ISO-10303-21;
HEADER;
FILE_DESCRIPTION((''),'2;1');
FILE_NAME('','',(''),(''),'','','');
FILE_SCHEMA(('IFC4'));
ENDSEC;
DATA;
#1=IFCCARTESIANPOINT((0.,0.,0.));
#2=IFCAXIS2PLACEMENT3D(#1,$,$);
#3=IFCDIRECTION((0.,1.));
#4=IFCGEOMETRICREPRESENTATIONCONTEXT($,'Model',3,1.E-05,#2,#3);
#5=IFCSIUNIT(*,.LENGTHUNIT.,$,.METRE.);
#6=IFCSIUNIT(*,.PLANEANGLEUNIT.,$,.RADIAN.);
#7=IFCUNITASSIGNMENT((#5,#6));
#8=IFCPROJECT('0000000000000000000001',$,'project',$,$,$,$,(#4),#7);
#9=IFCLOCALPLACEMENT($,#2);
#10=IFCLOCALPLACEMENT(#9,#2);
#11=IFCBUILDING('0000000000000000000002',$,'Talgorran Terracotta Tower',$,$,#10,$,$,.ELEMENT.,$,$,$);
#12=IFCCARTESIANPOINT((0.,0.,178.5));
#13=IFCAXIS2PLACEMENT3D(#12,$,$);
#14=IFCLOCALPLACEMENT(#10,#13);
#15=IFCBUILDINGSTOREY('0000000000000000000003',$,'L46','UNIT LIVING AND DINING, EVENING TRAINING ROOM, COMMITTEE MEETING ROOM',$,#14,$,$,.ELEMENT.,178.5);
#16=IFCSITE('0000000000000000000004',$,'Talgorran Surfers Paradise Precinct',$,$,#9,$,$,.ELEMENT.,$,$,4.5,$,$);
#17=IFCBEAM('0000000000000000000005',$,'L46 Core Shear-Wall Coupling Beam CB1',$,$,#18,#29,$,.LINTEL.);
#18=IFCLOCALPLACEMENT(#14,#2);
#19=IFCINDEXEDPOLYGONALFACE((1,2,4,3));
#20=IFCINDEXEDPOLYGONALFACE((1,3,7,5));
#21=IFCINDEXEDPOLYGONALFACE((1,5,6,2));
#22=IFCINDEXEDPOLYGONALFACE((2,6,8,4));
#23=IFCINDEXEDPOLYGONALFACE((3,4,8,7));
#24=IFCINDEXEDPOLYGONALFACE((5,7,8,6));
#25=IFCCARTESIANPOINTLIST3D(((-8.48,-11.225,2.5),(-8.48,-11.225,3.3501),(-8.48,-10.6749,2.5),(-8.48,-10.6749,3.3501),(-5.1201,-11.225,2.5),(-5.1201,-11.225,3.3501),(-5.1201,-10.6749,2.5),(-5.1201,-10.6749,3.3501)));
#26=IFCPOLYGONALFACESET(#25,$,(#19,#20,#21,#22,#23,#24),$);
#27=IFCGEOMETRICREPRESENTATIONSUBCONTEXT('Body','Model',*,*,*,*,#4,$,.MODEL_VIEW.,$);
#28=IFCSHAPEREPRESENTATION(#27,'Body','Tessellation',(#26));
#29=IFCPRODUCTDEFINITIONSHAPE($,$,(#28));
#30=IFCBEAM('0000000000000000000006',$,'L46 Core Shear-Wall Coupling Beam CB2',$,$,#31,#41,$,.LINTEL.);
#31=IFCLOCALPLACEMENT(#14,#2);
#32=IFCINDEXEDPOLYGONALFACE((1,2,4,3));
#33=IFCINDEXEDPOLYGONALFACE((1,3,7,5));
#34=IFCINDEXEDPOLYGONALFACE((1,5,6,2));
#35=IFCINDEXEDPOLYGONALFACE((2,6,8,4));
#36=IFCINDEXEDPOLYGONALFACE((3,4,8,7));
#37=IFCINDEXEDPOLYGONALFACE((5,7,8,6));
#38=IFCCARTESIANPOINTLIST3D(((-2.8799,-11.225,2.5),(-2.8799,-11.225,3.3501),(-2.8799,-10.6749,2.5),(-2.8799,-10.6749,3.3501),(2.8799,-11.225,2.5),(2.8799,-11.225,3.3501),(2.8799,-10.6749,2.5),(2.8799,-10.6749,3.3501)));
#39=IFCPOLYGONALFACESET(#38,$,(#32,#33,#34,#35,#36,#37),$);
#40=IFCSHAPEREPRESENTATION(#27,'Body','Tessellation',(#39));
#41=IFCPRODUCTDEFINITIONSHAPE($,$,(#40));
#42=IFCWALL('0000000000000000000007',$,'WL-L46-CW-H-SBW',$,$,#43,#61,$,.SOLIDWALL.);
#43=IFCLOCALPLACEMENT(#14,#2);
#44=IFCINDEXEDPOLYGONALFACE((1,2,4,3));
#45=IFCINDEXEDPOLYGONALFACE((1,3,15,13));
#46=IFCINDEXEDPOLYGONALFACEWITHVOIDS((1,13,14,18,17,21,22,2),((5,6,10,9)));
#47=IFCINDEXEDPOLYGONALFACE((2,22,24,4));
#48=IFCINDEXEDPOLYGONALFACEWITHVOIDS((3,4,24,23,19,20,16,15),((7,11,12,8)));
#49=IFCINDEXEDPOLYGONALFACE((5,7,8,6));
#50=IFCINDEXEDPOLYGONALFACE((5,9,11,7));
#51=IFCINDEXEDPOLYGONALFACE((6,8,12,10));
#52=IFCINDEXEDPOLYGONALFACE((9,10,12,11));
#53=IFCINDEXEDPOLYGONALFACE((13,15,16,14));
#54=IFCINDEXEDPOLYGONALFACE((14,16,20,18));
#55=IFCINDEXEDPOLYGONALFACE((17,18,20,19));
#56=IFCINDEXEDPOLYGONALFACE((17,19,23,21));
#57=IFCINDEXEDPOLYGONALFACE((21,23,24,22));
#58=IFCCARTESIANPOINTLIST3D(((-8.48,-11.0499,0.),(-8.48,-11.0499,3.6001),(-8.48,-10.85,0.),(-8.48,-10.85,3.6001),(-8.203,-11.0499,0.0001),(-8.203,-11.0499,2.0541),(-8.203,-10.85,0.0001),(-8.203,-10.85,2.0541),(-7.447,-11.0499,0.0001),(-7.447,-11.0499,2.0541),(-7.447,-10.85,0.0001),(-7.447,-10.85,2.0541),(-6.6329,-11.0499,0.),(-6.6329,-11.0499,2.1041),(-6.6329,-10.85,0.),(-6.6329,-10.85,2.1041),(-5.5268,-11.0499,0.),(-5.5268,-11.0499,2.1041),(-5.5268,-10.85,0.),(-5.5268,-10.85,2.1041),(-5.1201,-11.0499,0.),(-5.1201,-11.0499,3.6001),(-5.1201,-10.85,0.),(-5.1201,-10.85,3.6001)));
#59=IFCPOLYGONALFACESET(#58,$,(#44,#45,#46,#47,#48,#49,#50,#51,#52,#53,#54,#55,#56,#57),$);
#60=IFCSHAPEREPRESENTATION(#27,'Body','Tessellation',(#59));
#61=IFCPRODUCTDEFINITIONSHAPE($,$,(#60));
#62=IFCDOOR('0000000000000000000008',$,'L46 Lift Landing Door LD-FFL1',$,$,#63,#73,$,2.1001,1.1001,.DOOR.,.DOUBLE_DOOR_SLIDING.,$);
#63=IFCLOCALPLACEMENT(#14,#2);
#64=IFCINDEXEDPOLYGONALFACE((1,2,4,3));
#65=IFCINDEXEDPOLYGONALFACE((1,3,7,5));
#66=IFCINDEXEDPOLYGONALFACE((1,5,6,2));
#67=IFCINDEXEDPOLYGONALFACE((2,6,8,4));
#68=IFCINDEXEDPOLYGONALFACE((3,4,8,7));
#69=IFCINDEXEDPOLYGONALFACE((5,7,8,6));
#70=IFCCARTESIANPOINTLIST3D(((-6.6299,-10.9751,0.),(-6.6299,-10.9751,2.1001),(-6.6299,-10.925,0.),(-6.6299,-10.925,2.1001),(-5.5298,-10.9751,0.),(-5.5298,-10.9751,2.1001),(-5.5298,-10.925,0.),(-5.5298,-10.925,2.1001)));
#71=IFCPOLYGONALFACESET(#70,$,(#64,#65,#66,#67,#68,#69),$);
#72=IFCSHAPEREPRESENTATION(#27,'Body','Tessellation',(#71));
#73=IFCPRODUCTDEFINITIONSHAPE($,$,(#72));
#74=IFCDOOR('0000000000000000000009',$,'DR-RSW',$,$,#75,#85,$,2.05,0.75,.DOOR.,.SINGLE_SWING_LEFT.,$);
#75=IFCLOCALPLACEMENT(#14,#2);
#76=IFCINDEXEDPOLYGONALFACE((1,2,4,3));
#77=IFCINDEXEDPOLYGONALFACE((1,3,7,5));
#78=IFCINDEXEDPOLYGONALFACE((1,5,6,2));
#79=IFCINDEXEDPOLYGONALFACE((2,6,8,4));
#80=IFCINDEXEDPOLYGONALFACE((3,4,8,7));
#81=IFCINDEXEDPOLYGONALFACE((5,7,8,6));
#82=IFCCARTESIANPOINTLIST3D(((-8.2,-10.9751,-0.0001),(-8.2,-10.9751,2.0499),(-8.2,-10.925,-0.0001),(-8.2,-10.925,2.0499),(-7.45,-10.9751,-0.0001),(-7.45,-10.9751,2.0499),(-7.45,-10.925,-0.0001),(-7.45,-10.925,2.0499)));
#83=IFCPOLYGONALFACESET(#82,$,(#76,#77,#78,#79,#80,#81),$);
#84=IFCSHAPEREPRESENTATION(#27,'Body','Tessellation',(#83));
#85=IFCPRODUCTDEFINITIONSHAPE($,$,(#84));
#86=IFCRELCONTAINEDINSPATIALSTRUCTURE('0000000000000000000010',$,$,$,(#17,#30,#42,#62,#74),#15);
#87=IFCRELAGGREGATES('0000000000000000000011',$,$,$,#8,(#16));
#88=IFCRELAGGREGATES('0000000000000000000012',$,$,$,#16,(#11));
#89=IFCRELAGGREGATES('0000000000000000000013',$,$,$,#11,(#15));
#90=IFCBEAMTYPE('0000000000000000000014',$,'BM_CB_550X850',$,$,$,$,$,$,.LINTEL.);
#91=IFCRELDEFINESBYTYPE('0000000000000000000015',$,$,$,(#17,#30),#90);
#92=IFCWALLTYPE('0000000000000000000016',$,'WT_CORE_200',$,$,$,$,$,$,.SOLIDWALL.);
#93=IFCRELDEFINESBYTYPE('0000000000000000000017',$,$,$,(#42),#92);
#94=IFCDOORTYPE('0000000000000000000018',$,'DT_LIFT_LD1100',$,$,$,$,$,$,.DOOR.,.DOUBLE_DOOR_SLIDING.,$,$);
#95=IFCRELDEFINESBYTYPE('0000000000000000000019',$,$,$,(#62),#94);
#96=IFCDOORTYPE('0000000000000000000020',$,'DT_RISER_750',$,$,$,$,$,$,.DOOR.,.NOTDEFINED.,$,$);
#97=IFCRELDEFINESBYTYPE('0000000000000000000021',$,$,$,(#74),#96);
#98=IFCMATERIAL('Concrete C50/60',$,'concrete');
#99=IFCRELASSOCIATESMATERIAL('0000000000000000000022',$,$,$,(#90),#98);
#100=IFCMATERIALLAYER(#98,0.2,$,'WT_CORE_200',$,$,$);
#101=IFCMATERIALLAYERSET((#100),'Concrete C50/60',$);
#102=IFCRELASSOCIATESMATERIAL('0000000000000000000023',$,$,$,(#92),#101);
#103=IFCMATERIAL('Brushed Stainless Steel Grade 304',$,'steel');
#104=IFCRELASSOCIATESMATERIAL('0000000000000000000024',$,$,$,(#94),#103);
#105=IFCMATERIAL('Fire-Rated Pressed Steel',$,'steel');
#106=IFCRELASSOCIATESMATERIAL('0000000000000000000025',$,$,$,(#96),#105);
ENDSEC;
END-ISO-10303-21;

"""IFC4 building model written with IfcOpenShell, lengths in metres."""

from ifc_helpers import new_model, si_unit, direction, frame, frame_2d, origin, origin_2d, place, context, subcontext, project, spatial, rectangle, extrude, material, layer, layer_set, material_profile, profile_set, type_object, element, fill, save


model = new_model("IFC4")

# Units and contexts
model_context = context("Model", 3, precision=1e-05, world=origin(), true_north=direction((0.0, 1.0)))
body_context = subcontext(model_context, "Body", "Model", "MODEL_VIEW")
ifc_project = project(units=[si_unit("LENGTHUNIT", "METRE"), si_unit("PLANEANGLEUNIT", "RADIAN")], contexts=[model_context])

# Site, building, storey
site_placement = place(None, origin())
site = spatial("IfcSite", under=ifc_project, at=site_placement, Name="Talgorran Surfers Paradise Precinct", CompositionType="ELEMENT", RefElevation=4.5)
building_placement = place(site_placement, origin())
building = spatial("IfcBuilding", under=site, at=building_placement, Name="Talgorran Terracotta Tower", CompositionType="ELEMENT")
storey_placement = place(building_placement, frame((0.0, 0.0, 178.5)))
storey = spatial("IfcBuildingStorey", under=building, at=storey_placement, Name="L46", Description="UNIT LIVING AND DINING, EVENING TRAINING ROOM, COMMITTEE MEETING ROOM", CompositionType="ELEMENT", Elevation=178.5)

# Beams
ifc_material_1 = material(Name="Concrete C50/60", Category="concrete")
ifc_material_profile = material_profile(ifc_material_1, rectangle(XDim=0.55, YDim=0.8501, at=origin_2d()), Name="RCCB550X850")
ifc_profile_set = profile_set([ifc_material_profile], Name="Concrete C50/60")
beam_type = type_object("IfcBeamType", Name="BM_CB_550X850", PredefinedType="LINTEL", material=ifc_profile_set)
beam_1_placement = place(storey_placement, frame((-8.48, -10.95, 2.925), z_axis=(1.0, 0.0, 0.0), x_axis=(0.0, 1.0, 0.0)))
element("IfcBeam", 1, at=beam_1_placement, inside=storey, type_object=beam_type, Name="L46 Core Shear-Wall Coupling Beam CB1", PredefinedType="LINTEL", context=body_context, shape_type="SweptSolid", body=[
    extrude(rectangle(XDim=0.55, YDim=0.8501, at=origin_2d()), origin(), (0.0, 0.0, 1.0), 3.3599),
])
beam_2_placement = place(storey_placement, frame((-2.8799, -10.95, 2.925), z_axis=(1.0, 0.0, 0.0), x_axis=(0.0, 1.0, 0.0)))
element("IfcBeam", 2, at=beam_2_placement, inside=storey, type_object=beam_type, Name="L46 Core Shear-Wall Coupling Beam CB2", PredefinedType="LINTEL", context=body_context, shape_type="SweptSolid", body=[
    extrude(rectangle(XDim=0.55, YDim=0.8501, at=origin_2d()), origin(), (0.0, 0.0, 1.0), 5.7598),
])

# Wall, openings, doors
ifc_layer_1 = layer(ifc_material_1, 0.2, Name="WT_CORE_200")
ifc_layer_set_1 = layer_set([ifc_layer_1], Name="Concrete C50/60")
wall_type_1 = type_object("IfcWallType", Name="WT_CORE_200", PredefinedType="SOLIDWALL", material=ifc_layer_set_1)
wall_1_placement = place(storey_placement, frame((-8.48, -10.95, 0.0), z_axis=(0.0, 0.0, 1.0), x_axis=(1.0, 0.0, 0.0)))
wall_1 = element("IfcWall", 3, at=wall_1_placement, inside=storey, type_object=wall_type_1, Name="WL-L46-CW-H-SBW", PredefinedType="SOLIDWALL", context=body_context, shape_type="SweptSolid", body=[
    extrude(rectangle(XDim=3.3599, YDim=0.2, at=frame_2d((1.6799, 0.0))), origin(), (0.0, 0.0, 1.0), 3.6001),
])
opening_1_placement = place(wall_1_placement, frame((0.28, 0.0, 0.0)))
opening_1 = element("IfcOpeningElement", 4, at=opening_1_placement, cuts=wall_1, PredefinedType="OPENING", context=body_context, shape_type="SweptSolid", body=[
    extrude(rectangle(XDim=0.756, YDim=2.054, at=frame_2d((0.375, 1.0271))), frame((0.0, 0.1099, 0.0), z_axis=(0.0, -1.0, 0.0), x_axis=(1.0, 0.0, 0.0)), (0.0, 0.0, 1.0), 0.22),
])
opening_2_placement = place(wall_1_placement, frame((1.8501, 0.0, 0.0)))
opening_2 = element("IfcOpeningElement", 5, at=opening_2_placement, cuts=wall_1, PredefinedType="OPENING", context=body_context, shape_type="SweptSolid", body=[
    extrude(rectangle(XDim=1.1061, YDim=2.1041, at=frame_2d((0.55, 1.052))), frame((0.0, 0.1099, 0.0), z_axis=(0.0, -1.0, 0.0), x_axis=(1.0, 0.0, 0.0)), (0.0, 0.0, 1.0), 0.22),
])
ifc_material_2 = material(Name="Brushed Stainless Steel Grade 304", Category="steel")
door_type_1 = type_object("IfcDoorType", Name="DT_LIFT_LD1100", OperationType="DOUBLE_DOOR_SLIDING", PredefinedType="DOOR", material=ifc_material_2)
door_1_placement = place(opening_2_placement, origin())
door_1 = element("IfcDoor", 6, at=door_1_placement, inside=storey, type_object=door_type_1, Name="L46 Lift Landing Door LD-FFL1", OperationType="DOUBLE_DOOR_SLIDING", OverallHeight=2.1001, OverallWidth=1.1001, PredefinedType="DOOR", context=body_context, shape_type="SweptSolid", body=[
    extrude(rectangle(XDim=1.1001, YDim=2.1001, at=frame_2d((0.55, 1.05))), frame((0.0, 0.0249, 0.0), z_axis=(0.0, -1.0, 0.0), x_axis=(1.0, 0.0, 0.0)), (0.0, 0.0, 1.0), 0.05),
])
fill(opening_2, door_1)
ifc_material_3 = material(Name="Fire-Rated Pressed Steel", Category="steel")
door_type_2 = type_object("IfcDoorType", Name="DT_RISER_750", OperationType="NOTDEFINED", PredefinedType="DOOR", material=ifc_material_3)
door_2_placement = place(opening_1_placement, origin())
door_2 = element("IfcDoor", 7, at=door_2_placement, inside=storey, type_object=door_type_2, Name="DR-RSW", OperationType="SINGLE_SWING_LEFT", OverallHeight=2.05, OverallWidth=0.75, PredefinedType="DOOR", context=body_context, shape_type="SweptSolid", body=[
    extrude(rectangle(XDim=0.75, YDim=2.05, at=frame_2d((0.375, 1.0249))), frame((0.0, 0.0249, 0.0), z_axis=(0.0, -1.0, 0.0), x_axis=(1.0, 0.0, 0.0)), (0.0, 0.0, 1.0), 0.05),
])
fill(opening_1, door_2)

save(model, "model.ifc")
